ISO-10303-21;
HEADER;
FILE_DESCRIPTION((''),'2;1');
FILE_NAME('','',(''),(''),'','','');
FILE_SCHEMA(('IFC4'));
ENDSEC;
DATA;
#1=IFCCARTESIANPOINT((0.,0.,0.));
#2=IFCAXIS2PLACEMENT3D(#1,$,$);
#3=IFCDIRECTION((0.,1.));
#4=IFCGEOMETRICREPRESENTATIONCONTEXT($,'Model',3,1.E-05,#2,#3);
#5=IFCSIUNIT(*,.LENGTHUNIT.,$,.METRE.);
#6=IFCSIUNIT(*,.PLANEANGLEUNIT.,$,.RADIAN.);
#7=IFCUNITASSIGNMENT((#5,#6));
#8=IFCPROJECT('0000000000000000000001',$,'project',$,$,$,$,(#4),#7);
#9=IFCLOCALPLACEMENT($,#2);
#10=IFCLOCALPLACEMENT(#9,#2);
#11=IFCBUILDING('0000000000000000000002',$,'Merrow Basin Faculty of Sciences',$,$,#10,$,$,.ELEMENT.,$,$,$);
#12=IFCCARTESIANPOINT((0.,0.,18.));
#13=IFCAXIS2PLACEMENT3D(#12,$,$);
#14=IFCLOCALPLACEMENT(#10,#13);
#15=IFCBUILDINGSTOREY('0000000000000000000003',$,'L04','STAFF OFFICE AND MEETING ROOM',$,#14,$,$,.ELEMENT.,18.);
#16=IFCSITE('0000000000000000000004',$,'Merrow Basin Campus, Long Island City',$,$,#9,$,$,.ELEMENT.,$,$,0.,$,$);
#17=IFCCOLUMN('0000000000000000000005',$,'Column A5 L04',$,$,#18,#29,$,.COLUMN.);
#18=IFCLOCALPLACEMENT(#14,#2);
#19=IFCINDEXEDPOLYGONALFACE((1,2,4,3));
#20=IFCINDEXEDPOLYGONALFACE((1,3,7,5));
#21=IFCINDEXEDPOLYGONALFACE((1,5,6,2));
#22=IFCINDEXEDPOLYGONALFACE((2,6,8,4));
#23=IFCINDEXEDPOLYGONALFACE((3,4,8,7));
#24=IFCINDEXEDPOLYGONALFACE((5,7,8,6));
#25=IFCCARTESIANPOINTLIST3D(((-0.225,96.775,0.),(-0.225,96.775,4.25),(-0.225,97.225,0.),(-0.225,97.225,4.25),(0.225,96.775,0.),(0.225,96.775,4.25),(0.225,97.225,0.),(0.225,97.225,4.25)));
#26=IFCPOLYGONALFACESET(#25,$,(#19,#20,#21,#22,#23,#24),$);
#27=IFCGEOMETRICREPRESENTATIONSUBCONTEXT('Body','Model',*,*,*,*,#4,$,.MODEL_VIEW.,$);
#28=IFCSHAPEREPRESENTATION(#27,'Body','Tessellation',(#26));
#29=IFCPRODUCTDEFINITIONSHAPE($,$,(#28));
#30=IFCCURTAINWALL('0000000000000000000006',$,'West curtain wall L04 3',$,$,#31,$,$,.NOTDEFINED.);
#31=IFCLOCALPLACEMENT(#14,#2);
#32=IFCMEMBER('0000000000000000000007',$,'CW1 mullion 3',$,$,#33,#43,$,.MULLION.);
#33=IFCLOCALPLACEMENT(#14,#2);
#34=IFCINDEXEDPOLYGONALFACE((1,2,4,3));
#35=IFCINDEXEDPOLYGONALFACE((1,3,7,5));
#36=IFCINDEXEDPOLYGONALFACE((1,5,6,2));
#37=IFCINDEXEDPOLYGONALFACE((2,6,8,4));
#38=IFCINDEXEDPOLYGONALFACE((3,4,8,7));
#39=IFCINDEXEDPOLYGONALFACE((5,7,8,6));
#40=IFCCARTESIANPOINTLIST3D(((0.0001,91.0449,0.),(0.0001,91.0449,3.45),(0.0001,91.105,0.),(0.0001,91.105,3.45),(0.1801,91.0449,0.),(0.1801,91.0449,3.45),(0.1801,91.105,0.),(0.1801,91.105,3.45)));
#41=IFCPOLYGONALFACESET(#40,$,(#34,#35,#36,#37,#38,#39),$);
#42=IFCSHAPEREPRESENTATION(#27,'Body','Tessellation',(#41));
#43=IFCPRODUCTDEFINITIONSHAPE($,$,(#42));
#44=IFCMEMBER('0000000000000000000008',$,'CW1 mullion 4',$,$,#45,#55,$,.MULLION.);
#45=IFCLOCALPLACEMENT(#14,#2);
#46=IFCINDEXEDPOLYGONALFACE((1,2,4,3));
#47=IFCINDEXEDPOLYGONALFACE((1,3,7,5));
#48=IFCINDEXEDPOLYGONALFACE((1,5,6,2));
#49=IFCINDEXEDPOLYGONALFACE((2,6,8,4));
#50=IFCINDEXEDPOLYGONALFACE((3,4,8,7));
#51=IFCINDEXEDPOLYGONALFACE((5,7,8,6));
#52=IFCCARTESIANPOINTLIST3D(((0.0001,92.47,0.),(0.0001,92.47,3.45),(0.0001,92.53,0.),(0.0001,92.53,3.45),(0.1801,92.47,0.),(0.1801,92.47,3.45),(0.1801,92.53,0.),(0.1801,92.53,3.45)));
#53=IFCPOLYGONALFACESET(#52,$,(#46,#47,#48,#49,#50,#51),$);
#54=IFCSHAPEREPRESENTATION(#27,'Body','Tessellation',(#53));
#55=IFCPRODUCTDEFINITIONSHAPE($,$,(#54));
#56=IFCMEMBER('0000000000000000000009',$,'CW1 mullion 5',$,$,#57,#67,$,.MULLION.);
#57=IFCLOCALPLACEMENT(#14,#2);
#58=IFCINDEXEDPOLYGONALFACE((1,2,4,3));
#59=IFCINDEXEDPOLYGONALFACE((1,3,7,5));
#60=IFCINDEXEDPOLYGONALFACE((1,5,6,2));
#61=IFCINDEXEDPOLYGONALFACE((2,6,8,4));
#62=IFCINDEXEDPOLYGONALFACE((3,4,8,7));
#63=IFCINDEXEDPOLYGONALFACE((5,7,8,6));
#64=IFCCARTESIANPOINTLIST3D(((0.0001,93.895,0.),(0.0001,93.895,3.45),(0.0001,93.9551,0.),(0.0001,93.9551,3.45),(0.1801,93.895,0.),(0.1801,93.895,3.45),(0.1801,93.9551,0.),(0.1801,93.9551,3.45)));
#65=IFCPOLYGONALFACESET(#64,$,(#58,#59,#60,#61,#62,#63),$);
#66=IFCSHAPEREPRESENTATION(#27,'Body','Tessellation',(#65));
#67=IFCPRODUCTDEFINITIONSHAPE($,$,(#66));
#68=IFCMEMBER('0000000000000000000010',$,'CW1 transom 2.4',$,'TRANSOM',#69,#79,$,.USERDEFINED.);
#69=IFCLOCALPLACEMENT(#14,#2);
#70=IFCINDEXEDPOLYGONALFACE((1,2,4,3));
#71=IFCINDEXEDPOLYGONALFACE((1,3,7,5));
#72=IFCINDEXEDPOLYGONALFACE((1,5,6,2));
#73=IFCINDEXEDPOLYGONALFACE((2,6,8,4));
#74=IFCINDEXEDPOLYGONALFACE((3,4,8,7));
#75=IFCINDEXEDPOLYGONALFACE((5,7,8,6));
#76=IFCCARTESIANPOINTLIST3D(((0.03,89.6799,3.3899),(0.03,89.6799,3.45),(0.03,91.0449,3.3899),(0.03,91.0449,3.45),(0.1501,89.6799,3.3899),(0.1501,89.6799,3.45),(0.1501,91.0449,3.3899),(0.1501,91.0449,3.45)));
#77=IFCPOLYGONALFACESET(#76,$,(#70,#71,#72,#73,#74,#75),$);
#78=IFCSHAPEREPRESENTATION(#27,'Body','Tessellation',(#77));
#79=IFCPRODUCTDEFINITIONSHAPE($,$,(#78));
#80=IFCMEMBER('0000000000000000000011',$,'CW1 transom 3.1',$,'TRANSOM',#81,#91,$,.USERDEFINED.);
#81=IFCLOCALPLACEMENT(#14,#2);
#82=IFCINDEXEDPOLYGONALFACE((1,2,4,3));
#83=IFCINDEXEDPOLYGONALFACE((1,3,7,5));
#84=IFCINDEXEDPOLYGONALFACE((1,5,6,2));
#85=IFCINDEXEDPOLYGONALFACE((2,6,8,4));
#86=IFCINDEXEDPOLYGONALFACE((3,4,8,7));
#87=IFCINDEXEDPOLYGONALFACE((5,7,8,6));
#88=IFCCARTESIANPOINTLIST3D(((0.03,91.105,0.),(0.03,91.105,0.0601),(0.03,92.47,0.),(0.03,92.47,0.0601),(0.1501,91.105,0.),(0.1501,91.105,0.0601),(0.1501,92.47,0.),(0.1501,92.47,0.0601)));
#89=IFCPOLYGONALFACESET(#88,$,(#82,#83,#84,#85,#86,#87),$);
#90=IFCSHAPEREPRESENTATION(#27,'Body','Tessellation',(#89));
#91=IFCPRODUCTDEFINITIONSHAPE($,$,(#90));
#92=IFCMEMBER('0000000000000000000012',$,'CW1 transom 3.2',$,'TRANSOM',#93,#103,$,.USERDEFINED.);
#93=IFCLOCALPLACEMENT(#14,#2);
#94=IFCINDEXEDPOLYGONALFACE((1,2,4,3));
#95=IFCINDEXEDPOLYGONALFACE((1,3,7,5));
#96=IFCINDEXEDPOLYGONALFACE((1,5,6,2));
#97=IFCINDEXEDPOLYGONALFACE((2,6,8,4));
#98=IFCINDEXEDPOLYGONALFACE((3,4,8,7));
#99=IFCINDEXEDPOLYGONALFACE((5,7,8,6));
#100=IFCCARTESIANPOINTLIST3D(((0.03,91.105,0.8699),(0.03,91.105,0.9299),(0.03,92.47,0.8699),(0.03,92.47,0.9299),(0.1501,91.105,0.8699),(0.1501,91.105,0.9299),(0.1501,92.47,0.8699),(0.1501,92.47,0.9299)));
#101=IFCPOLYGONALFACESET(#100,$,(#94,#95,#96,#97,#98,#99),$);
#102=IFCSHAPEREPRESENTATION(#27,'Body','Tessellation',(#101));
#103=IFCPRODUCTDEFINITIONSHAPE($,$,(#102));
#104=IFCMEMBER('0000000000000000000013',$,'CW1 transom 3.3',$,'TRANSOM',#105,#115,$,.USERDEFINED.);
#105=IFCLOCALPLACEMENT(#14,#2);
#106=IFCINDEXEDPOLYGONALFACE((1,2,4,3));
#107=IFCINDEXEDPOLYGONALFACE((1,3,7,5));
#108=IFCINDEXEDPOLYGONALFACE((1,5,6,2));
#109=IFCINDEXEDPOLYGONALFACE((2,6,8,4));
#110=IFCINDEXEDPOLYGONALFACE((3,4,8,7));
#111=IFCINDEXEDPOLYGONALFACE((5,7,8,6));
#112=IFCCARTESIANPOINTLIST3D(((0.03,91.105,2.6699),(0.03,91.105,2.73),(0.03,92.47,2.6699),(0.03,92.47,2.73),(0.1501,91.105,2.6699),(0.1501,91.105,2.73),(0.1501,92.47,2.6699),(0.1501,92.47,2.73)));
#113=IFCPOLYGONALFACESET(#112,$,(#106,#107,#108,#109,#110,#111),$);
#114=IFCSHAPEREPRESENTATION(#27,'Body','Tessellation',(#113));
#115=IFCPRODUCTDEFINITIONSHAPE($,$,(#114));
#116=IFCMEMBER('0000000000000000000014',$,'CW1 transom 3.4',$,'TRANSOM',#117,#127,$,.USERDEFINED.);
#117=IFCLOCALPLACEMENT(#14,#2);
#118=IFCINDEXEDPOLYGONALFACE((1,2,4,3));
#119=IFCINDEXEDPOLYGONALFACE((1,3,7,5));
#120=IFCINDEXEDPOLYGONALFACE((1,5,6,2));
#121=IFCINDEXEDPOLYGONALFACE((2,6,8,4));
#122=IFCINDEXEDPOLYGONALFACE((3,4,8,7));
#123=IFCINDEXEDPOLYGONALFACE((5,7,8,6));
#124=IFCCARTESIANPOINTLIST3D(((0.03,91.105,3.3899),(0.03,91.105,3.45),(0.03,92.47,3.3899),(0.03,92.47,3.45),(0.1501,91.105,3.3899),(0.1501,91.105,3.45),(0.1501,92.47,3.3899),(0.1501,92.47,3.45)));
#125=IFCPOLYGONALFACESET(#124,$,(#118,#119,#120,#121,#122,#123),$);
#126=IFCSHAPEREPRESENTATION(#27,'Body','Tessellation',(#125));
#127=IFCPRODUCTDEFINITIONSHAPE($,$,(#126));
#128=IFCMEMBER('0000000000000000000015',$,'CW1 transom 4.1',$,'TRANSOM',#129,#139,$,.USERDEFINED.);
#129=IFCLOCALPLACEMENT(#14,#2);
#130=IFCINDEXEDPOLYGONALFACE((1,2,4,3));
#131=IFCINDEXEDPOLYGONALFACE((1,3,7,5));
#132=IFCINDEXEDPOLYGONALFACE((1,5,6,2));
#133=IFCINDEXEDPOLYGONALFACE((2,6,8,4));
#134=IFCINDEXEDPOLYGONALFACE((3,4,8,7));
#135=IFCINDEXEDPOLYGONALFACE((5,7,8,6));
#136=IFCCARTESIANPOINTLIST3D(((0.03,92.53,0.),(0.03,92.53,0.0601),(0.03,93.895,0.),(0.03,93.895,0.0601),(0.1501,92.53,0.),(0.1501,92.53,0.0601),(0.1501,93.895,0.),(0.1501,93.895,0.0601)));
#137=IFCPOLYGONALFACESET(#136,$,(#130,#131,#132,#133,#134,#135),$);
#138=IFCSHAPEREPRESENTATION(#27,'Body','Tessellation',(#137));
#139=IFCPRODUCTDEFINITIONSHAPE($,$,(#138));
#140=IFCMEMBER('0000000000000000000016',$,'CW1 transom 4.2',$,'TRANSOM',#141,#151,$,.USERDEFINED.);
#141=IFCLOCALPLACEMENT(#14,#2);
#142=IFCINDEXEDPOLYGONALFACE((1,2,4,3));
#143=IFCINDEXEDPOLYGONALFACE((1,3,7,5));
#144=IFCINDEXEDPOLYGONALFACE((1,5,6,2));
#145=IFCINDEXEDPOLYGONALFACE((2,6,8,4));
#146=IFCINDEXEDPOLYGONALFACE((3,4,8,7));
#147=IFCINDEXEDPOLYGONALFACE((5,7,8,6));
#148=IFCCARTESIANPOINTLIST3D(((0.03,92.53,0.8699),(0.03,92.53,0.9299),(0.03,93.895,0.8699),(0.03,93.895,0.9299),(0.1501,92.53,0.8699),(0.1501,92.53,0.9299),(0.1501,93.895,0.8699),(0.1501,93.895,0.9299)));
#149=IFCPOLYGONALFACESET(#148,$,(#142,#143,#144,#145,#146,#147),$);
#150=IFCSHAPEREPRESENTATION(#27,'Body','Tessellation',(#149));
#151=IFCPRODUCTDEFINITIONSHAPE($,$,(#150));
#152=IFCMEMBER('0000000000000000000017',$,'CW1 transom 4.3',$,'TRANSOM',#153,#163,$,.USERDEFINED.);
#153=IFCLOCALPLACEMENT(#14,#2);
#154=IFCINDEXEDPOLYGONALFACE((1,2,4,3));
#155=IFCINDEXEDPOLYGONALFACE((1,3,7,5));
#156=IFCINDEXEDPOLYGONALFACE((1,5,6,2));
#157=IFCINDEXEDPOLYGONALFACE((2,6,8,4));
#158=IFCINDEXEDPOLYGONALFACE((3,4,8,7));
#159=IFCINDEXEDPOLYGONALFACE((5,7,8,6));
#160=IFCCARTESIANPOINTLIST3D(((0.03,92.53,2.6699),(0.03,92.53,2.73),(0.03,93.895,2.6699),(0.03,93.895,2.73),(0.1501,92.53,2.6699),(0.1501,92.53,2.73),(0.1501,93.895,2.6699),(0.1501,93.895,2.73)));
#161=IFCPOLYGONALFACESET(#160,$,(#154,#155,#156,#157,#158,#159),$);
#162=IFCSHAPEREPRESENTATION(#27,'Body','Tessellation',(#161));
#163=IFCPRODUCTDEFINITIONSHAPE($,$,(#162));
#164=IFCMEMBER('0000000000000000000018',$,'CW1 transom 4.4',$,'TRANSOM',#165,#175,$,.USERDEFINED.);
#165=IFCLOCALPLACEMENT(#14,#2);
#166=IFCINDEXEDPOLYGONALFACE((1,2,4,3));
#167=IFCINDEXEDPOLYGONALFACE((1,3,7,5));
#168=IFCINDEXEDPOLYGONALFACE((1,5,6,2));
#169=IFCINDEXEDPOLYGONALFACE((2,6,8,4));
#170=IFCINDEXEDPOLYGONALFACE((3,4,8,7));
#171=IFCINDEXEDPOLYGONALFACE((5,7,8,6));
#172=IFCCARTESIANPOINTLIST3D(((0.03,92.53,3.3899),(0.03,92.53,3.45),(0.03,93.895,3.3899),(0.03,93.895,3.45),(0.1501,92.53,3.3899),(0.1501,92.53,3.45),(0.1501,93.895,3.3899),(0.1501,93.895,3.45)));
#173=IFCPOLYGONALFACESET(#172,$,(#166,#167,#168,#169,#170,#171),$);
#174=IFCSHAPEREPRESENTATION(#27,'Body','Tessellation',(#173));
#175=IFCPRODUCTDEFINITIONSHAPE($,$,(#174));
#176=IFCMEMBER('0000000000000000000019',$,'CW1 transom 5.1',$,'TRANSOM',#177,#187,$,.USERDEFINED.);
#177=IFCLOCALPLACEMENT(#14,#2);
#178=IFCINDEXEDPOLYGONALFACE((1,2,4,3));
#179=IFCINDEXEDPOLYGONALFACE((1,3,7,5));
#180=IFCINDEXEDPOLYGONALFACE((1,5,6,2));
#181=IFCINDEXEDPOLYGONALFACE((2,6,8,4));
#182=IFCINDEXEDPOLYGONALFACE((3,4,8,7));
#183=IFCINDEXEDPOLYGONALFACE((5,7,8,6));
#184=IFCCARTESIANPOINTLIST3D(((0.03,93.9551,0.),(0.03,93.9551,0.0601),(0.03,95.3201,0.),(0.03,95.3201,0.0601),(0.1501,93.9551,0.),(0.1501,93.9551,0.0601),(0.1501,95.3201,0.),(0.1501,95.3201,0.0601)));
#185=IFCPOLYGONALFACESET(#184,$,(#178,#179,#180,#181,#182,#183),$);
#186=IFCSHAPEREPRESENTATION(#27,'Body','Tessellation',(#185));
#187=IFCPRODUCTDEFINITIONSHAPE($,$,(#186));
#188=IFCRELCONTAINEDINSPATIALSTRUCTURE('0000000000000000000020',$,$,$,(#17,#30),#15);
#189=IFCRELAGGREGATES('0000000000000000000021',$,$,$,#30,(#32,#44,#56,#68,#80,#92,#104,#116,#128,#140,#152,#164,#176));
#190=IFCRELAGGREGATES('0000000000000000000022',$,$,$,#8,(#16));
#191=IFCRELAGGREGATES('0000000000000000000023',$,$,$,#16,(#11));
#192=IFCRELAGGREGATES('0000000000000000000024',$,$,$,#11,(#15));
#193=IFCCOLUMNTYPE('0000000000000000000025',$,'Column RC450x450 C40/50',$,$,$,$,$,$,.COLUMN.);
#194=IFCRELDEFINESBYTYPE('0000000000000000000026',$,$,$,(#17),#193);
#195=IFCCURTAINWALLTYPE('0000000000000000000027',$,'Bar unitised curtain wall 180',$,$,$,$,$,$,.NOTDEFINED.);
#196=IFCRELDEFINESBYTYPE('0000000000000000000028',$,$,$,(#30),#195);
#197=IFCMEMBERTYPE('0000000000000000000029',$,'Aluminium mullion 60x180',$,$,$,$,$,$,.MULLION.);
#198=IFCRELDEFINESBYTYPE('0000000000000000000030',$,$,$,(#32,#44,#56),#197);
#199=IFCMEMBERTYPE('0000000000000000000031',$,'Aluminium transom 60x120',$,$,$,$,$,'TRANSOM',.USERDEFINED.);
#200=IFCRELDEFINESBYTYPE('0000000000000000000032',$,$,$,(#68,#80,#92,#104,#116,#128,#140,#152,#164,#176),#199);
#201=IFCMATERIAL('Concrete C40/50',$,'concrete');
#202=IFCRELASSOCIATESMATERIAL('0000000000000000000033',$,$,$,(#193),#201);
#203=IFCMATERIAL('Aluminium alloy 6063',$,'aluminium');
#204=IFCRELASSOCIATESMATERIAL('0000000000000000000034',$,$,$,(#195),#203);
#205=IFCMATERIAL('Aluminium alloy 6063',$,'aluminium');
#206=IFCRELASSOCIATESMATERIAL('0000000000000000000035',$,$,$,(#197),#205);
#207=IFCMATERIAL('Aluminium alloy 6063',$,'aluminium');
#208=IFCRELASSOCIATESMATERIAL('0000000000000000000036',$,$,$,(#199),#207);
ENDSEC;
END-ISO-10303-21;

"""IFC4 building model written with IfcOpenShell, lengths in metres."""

from ifc_helpers import new_model, si_unit, direction, frame, origin, origin_2d, place, context, subcontext, project, spatial, rectangle, extrude, material, material_profile, profile_set, type_object, element, aggregate, save


model = new_model("IFC4")

# Units and contexts
model_context = context("Model", 3, precision=1e-05, world=origin(), true_north=direction((0.0, 1.0)))
body_context = subcontext(model_context, "Body", "Model", "MODEL_VIEW")
ifc_project = project(units=[si_unit("LENGTHUNIT", "METRE"), si_unit("PLANEANGLEUNIT", "RADIAN")], contexts=[model_context])

# Site, building, storey
site_placement = place(None, origin())
site = spatial("IfcSite", under=ifc_project, at=site_placement, Name="Merrow Basin Campus, Long Island City", CompositionType="ELEMENT", RefElevation=0.0)
building_placement = place(site_placement, origin())
building = spatial("IfcBuilding", under=site, at=building_placement, Name="Merrow Basin Faculty of Sciences", CompositionType="ELEMENT")
storey_placement = place(building_placement, frame((0.0, 0.0, 18.0)))
storey = spatial("IfcBuildingStorey", under=building, at=storey_placement, Name="L04", Description="STAFF OFFICE AND MEETING ROOM", CompositionType="ELEMENT", Elevation=18.0)

# Column
ifc_material_1 = material(Name="Concrete C40/50", Category="concrete")
ifc_material_profile_1 = material_profile(ifc_material_1, rectangle(XDim=0.45, YDim=0.45, at=origin_2d()))
ifc_profile_set_1 = profile_set([ifc_material_profile_1], Name="Concrete C40/50")
column_type = type_object("IfcColumnType", Name="Column RC450x450 C40/50", PredefinedType="COLUMN", material=ifc_profile_set_1)
column_placement = place(storey_placement, frame((0.0, 97.0, 0.0), z_axis=(0.0, 0.0, 1.0), x_axis=(1.0, 0.0, 0.0)))
element("IfcColumn", 1, at=column_placement, inside=storey, type_object=column_type, Name="Column A5 L04", PredefinedType="COLUMN", context=body_context, shape_type="SweptSolid", body=[
    extrude(rectangle(XDim=0.45, YDim=0.45, at=origin_2d()), origin(), (0.0, 0.0, 1.0), 4.25),
])

# Curtain wall, members
ifc_material_2 = material(Name="Aluminium alloy 6063", Category="aluminium")
curtain_wall_type = type_object("IfcCurtainWallType", Name="Bar unitised curtain wall 180", PredefinedType="NOTDEFINED", material=ifc_material_2)
curtain_wall_placement = place(storey_placement, origin())
curtain_wall = element("IfcCurtainWall", 2, at=curtain_wall_placement, inside=storey, type_object=curtain_wall_type, Name="West curtain wall L04 3", PredefinedType="NOTDEFINED")
ifc_material_3 = material(Name="Aluminium alloy 6063", Category="aluminium")
ifc_material_profile_2 = material_profile(ifc_material_3, rectangle(XDim=0.1799, YDim=0.0601, at=origin_2d()))
ifc_profile_set_2 = profile_set([ifc_material_profile_2], Name="Aluminium alloy 6063")
member_type_1 = type_object("IfcMemberType", Name="Aluminium mullion 60x180", PredefinedType="MULLION", material=ifc_profile_set_2)
member_1_placement = place(storey_placement, frame((0.0901, 91.075, 0.0), z_axis=(0.0, 0.0, 1.0), x_axis=(-1.0, 0.0, 0.0)))
member_1 = element("IfcMember", 3, at=member_1_placement, type_object=member_type_1, Name="CW1 mullion 3", PredefinedType="MULLION", context=body_context, shape_type="SweptSolid", body=[
    extrude(rectangle(XDim=0.1799, YDim=0.0601, at=origin_2d()), origin(), (0.0, 0.0, 1.0), 3.45),
])
member_2_placement = place(storey_placement, frame((0.0901, 92.5, 0.0), z_axis=(0.0, 0.0, 1.0), x_axis=(-1.0, 0.0, 0.0)))
member_2 = element("IfcMember", 4, at=member_2_placement, type_object=member_type_1, Name="CW1 mullion 4", PredefinedType="MULLION", context=body_context, shape_type="SweptSolid", body=[
    extrude(rectangle(XDim=0.1799, YDim=0.0601, at=origin_2d()), origin(), (0.0, 0.0, 1.0), 3.45),
])
member_3_placement = place(storey_placement, frame((0.0901, 93.925, 0.0), z_axis=(0.0, 0.0, 1.0), x_axis=(-1.0, 0.0, 0.0)))
member_3 = element("IfcMember", 5, at=member_3_placement, type_object=member_type_1, Name="CW1 mullion 5", PredefinedType="MULLION", context=body_context, shape_type="SweptSolid", body=[
    extrude(rectangle(XDim=0.1799, YDim=0.0601, at=origin_2d()), origin(), (0.0, 0.0, 1.0), 3.45),
])
ifc_material_4 = material(Name="Aluminium alloy 6063", Category="aluminium")
ifc_material_profile_3 = material_profile(ifc_material_4, rectangle(XDim=0.1201, YDim=0.0601, at=origin_2d()))
ifc_profile_set_3 = profile_set([ifc_material_profile_3], Name="Aluminium alloy 6063")
member_type_2 = type_object("IfcMemberType", Name="Aluminium transom 60x120", ElementType="TRANSOM", PredefinedType="USERDEFINED", material=ifc_profile_set_3)
member_4_placement = place(storey_placement, frame((0.0901, 89.6799, 3.4199), z_axis=(0.0, 1.0, 0.0), x_axis=(-1.0, 0.0, 0.0)))
member_4 = element("IfcMember", 6, at=member_4_placement, type_object=member_type_2, Name="CW1 transom 2.4", ObjectType="TRANSOM", PredefinedType="USERDEFINED", context=body_context, shape_type="SweptSolid", body=[
    extrude(rectangle(XDim=0.1201, YDim=0.0601, at=origin_2d()), origin(), (0.0, 0.0, 1.0), 1.365),
])
member_5_placement = place(storey_placement, frame((0.0901, 91.105, 0.03), z_axis=(0.0, 1.0, 0.0), x_axis=(-1.0, 0.0, 0.0)))
member_5 = element("IfcMember", 7, at=member_5_placement, type_object=member_type_2, Name="CW1 transom 3.1", ObjectType="TRANSOM", PredefinedType="USERDEFINED", context=body_context, shape_type="SweptSolid", body=[
    extrude(rectangle(XDim=0.1201, YDim=0.0601, at=origin_2d()), origin(), (0.0, 0.0, 1.0), 1.365),
])
member_6_placement = place(storey_placement, frame((0.0901, 91.105, 0.8999), z_axis=(0.0, 1.0, 0.0), x_axis=(-1.0, 0.0, 0.0)))
member_6 = element("IfcMember", 8, at=member_6_placement, type_object=member_type_2, Name="CW1 transom 3.2", ObjectType="TRANSOM", PredefinedType="USERDEFINED", context=body_context, shape_type="SweptSolid", body=[
    extrude(rectangle(XDim=0.1201, YDim=0.0601, at=origin_2d()), origin(), (0.0, 0.0, 1.0), 1.365),
])
member_7_placement = place(storey_placement, frame((0.0901, 91.105, 2.7), z_axis=(0.0, 1.0, 0.0), x_axis=(-1.0, 0.0, 0.0)))
member_7 = element("IfcMember", 9, at=member_7_placement, type_object=member_type_2, Name="CW1 transom 3.3", ObjectType="TRANSOM", PredefinedType="USERDEFINED", context=body_context, shape_type="SweptSolid", body=[
    extrude(rectangle(XDim=0.1201, YDim=0.0601, at=origin_2d()), origin(), (0.0, 0.0, 1.0), 1.365),
])
member_8_placement = place(storey_placement, frame((0.0901, 91.105, 3.4199), z_axis=(0.0, 1.0, 0.0), x_axis=(-1.0, 0.0, 0.0)))
member_8 = element("IfcMember", 10, at=member_8_placement, type_object=member_type_2, Name="CW1 transom 3.4", ObjectType="TRANSOM", PredefinedType="USERDEFINED", context=body_context, shape_type="SweptSolid", body=[
    extrude(rectangle(XDim=0.1201, YDim=0.0601, at=origin_2d()), origin(), (0.0, 0.0, 1.0), 1.365),
])
member_9_placement = place(storey_placement, frame((0.0901, 92.53, 0.03), z_axis=(0.0, 1.0, 0.0), x_axis=(-1.0, 0.0, 0.0)))
member_9 = element("IfcMember", 11, at=member_9_placement, type_object=member_type_2, Name="CW1 transom 4.1", ObjectType="TRANSOM", PredefinedType="USERDEFINED", context=body_context, shape_type="SweptSolid", body=[
    extrude(rectangle(XDim=0.1201, YDim=0.0601, at=origin_2d()), origin(), (0.0, 0.0, 1.0), 1.365),
])
member_10_placement = place(storey_placement, frame((0.0901, 92.53, 0.8999), z_axis=(0.0, 1.0, 0.0), x_axis=(-1.0, 0.0, 0.0)))
member_10 = element("IfcMember", 12, at=member_10_placement, type_object=member_type_2, Name="CW1 transom 4.2", ObjectType="TRANSOM", PredefinedType="USERDEFINED", context=body_context, shape_type="SweptSolid", body=[
    extrude(rectangle(XDim=0.1201, YDim=0.0601, at=origin_2d()), origin(), (0.0, 0.0, 1.0), 1.365),
])
member_11_placement = place(storey_placement, frame((0.0901, 92.53, 2.7), z_axis=(0.0, 1.0, 0.0), x_axis=(-1.0, 0.0, 0.0)))
member_11 = element("IfcMember", 13, at=member_11_placement, type_object=member_type_2, Name="CW1 transom 4.3", ObjectType="TRANSOM", PredefinedType="USERDEFINED", context=body_context, shape_type="SweptSolid", body=[
    extrude(rectangle(XDim=0.1201, YDim=0.0601, at=origin_2d()), origin(), (0.0, 0.0, 1.0), 1.365),
])
member_12_placement = place(storey_placement, frame((0.0901, 92.53, 3.4199), z_axis=(0.0, 1.0, 0.0), x_axis=(-1.0, 0.0, 0.0)))
member_12 = element("IfcMember", 14, at=member_12_placement, type_object=member_type_2, Name="CW1 transom 4.4", ObjectType="TRANSOM", PredefinedType="USERDEFINED", context=body_context, shape_type="SweptSolid", body=[
    extrude(rectangle(XDim=0.1201, YDim=0.0601, at=origin_2d()), origin(), (0.0, 0.0, 1.0), 1.365),
])
member_13_placement = place(storey_placement, frame((0.0901, 93.9551, 0.03), z_axis=(0.0, 1.0, 0.0), x_axis=(-1.0, 0.0, 0.0)))
member_13 = element("IfcMember", 15, at=member_13_placement, type_object=member_type_2, Name="CW1 transom 5.1", ObjectType="TRANSOM", PredefinedType="USERDEFINED", context=body_context, shape_type="SweptSolid", body=[
    extrude(rectangle(XDim=0.1201, YDim=0.0601, at=origin_2d()), origin(), (0.0, 0.0, 1.0), 1.365),
])

aggregate(curtain_wall, [member_1, member_2, member_3, member_4, member_5, member_6, member_7, member_8, member_9, member_10, member_11, member_12, member_13])

save(model, "model.ifc")
